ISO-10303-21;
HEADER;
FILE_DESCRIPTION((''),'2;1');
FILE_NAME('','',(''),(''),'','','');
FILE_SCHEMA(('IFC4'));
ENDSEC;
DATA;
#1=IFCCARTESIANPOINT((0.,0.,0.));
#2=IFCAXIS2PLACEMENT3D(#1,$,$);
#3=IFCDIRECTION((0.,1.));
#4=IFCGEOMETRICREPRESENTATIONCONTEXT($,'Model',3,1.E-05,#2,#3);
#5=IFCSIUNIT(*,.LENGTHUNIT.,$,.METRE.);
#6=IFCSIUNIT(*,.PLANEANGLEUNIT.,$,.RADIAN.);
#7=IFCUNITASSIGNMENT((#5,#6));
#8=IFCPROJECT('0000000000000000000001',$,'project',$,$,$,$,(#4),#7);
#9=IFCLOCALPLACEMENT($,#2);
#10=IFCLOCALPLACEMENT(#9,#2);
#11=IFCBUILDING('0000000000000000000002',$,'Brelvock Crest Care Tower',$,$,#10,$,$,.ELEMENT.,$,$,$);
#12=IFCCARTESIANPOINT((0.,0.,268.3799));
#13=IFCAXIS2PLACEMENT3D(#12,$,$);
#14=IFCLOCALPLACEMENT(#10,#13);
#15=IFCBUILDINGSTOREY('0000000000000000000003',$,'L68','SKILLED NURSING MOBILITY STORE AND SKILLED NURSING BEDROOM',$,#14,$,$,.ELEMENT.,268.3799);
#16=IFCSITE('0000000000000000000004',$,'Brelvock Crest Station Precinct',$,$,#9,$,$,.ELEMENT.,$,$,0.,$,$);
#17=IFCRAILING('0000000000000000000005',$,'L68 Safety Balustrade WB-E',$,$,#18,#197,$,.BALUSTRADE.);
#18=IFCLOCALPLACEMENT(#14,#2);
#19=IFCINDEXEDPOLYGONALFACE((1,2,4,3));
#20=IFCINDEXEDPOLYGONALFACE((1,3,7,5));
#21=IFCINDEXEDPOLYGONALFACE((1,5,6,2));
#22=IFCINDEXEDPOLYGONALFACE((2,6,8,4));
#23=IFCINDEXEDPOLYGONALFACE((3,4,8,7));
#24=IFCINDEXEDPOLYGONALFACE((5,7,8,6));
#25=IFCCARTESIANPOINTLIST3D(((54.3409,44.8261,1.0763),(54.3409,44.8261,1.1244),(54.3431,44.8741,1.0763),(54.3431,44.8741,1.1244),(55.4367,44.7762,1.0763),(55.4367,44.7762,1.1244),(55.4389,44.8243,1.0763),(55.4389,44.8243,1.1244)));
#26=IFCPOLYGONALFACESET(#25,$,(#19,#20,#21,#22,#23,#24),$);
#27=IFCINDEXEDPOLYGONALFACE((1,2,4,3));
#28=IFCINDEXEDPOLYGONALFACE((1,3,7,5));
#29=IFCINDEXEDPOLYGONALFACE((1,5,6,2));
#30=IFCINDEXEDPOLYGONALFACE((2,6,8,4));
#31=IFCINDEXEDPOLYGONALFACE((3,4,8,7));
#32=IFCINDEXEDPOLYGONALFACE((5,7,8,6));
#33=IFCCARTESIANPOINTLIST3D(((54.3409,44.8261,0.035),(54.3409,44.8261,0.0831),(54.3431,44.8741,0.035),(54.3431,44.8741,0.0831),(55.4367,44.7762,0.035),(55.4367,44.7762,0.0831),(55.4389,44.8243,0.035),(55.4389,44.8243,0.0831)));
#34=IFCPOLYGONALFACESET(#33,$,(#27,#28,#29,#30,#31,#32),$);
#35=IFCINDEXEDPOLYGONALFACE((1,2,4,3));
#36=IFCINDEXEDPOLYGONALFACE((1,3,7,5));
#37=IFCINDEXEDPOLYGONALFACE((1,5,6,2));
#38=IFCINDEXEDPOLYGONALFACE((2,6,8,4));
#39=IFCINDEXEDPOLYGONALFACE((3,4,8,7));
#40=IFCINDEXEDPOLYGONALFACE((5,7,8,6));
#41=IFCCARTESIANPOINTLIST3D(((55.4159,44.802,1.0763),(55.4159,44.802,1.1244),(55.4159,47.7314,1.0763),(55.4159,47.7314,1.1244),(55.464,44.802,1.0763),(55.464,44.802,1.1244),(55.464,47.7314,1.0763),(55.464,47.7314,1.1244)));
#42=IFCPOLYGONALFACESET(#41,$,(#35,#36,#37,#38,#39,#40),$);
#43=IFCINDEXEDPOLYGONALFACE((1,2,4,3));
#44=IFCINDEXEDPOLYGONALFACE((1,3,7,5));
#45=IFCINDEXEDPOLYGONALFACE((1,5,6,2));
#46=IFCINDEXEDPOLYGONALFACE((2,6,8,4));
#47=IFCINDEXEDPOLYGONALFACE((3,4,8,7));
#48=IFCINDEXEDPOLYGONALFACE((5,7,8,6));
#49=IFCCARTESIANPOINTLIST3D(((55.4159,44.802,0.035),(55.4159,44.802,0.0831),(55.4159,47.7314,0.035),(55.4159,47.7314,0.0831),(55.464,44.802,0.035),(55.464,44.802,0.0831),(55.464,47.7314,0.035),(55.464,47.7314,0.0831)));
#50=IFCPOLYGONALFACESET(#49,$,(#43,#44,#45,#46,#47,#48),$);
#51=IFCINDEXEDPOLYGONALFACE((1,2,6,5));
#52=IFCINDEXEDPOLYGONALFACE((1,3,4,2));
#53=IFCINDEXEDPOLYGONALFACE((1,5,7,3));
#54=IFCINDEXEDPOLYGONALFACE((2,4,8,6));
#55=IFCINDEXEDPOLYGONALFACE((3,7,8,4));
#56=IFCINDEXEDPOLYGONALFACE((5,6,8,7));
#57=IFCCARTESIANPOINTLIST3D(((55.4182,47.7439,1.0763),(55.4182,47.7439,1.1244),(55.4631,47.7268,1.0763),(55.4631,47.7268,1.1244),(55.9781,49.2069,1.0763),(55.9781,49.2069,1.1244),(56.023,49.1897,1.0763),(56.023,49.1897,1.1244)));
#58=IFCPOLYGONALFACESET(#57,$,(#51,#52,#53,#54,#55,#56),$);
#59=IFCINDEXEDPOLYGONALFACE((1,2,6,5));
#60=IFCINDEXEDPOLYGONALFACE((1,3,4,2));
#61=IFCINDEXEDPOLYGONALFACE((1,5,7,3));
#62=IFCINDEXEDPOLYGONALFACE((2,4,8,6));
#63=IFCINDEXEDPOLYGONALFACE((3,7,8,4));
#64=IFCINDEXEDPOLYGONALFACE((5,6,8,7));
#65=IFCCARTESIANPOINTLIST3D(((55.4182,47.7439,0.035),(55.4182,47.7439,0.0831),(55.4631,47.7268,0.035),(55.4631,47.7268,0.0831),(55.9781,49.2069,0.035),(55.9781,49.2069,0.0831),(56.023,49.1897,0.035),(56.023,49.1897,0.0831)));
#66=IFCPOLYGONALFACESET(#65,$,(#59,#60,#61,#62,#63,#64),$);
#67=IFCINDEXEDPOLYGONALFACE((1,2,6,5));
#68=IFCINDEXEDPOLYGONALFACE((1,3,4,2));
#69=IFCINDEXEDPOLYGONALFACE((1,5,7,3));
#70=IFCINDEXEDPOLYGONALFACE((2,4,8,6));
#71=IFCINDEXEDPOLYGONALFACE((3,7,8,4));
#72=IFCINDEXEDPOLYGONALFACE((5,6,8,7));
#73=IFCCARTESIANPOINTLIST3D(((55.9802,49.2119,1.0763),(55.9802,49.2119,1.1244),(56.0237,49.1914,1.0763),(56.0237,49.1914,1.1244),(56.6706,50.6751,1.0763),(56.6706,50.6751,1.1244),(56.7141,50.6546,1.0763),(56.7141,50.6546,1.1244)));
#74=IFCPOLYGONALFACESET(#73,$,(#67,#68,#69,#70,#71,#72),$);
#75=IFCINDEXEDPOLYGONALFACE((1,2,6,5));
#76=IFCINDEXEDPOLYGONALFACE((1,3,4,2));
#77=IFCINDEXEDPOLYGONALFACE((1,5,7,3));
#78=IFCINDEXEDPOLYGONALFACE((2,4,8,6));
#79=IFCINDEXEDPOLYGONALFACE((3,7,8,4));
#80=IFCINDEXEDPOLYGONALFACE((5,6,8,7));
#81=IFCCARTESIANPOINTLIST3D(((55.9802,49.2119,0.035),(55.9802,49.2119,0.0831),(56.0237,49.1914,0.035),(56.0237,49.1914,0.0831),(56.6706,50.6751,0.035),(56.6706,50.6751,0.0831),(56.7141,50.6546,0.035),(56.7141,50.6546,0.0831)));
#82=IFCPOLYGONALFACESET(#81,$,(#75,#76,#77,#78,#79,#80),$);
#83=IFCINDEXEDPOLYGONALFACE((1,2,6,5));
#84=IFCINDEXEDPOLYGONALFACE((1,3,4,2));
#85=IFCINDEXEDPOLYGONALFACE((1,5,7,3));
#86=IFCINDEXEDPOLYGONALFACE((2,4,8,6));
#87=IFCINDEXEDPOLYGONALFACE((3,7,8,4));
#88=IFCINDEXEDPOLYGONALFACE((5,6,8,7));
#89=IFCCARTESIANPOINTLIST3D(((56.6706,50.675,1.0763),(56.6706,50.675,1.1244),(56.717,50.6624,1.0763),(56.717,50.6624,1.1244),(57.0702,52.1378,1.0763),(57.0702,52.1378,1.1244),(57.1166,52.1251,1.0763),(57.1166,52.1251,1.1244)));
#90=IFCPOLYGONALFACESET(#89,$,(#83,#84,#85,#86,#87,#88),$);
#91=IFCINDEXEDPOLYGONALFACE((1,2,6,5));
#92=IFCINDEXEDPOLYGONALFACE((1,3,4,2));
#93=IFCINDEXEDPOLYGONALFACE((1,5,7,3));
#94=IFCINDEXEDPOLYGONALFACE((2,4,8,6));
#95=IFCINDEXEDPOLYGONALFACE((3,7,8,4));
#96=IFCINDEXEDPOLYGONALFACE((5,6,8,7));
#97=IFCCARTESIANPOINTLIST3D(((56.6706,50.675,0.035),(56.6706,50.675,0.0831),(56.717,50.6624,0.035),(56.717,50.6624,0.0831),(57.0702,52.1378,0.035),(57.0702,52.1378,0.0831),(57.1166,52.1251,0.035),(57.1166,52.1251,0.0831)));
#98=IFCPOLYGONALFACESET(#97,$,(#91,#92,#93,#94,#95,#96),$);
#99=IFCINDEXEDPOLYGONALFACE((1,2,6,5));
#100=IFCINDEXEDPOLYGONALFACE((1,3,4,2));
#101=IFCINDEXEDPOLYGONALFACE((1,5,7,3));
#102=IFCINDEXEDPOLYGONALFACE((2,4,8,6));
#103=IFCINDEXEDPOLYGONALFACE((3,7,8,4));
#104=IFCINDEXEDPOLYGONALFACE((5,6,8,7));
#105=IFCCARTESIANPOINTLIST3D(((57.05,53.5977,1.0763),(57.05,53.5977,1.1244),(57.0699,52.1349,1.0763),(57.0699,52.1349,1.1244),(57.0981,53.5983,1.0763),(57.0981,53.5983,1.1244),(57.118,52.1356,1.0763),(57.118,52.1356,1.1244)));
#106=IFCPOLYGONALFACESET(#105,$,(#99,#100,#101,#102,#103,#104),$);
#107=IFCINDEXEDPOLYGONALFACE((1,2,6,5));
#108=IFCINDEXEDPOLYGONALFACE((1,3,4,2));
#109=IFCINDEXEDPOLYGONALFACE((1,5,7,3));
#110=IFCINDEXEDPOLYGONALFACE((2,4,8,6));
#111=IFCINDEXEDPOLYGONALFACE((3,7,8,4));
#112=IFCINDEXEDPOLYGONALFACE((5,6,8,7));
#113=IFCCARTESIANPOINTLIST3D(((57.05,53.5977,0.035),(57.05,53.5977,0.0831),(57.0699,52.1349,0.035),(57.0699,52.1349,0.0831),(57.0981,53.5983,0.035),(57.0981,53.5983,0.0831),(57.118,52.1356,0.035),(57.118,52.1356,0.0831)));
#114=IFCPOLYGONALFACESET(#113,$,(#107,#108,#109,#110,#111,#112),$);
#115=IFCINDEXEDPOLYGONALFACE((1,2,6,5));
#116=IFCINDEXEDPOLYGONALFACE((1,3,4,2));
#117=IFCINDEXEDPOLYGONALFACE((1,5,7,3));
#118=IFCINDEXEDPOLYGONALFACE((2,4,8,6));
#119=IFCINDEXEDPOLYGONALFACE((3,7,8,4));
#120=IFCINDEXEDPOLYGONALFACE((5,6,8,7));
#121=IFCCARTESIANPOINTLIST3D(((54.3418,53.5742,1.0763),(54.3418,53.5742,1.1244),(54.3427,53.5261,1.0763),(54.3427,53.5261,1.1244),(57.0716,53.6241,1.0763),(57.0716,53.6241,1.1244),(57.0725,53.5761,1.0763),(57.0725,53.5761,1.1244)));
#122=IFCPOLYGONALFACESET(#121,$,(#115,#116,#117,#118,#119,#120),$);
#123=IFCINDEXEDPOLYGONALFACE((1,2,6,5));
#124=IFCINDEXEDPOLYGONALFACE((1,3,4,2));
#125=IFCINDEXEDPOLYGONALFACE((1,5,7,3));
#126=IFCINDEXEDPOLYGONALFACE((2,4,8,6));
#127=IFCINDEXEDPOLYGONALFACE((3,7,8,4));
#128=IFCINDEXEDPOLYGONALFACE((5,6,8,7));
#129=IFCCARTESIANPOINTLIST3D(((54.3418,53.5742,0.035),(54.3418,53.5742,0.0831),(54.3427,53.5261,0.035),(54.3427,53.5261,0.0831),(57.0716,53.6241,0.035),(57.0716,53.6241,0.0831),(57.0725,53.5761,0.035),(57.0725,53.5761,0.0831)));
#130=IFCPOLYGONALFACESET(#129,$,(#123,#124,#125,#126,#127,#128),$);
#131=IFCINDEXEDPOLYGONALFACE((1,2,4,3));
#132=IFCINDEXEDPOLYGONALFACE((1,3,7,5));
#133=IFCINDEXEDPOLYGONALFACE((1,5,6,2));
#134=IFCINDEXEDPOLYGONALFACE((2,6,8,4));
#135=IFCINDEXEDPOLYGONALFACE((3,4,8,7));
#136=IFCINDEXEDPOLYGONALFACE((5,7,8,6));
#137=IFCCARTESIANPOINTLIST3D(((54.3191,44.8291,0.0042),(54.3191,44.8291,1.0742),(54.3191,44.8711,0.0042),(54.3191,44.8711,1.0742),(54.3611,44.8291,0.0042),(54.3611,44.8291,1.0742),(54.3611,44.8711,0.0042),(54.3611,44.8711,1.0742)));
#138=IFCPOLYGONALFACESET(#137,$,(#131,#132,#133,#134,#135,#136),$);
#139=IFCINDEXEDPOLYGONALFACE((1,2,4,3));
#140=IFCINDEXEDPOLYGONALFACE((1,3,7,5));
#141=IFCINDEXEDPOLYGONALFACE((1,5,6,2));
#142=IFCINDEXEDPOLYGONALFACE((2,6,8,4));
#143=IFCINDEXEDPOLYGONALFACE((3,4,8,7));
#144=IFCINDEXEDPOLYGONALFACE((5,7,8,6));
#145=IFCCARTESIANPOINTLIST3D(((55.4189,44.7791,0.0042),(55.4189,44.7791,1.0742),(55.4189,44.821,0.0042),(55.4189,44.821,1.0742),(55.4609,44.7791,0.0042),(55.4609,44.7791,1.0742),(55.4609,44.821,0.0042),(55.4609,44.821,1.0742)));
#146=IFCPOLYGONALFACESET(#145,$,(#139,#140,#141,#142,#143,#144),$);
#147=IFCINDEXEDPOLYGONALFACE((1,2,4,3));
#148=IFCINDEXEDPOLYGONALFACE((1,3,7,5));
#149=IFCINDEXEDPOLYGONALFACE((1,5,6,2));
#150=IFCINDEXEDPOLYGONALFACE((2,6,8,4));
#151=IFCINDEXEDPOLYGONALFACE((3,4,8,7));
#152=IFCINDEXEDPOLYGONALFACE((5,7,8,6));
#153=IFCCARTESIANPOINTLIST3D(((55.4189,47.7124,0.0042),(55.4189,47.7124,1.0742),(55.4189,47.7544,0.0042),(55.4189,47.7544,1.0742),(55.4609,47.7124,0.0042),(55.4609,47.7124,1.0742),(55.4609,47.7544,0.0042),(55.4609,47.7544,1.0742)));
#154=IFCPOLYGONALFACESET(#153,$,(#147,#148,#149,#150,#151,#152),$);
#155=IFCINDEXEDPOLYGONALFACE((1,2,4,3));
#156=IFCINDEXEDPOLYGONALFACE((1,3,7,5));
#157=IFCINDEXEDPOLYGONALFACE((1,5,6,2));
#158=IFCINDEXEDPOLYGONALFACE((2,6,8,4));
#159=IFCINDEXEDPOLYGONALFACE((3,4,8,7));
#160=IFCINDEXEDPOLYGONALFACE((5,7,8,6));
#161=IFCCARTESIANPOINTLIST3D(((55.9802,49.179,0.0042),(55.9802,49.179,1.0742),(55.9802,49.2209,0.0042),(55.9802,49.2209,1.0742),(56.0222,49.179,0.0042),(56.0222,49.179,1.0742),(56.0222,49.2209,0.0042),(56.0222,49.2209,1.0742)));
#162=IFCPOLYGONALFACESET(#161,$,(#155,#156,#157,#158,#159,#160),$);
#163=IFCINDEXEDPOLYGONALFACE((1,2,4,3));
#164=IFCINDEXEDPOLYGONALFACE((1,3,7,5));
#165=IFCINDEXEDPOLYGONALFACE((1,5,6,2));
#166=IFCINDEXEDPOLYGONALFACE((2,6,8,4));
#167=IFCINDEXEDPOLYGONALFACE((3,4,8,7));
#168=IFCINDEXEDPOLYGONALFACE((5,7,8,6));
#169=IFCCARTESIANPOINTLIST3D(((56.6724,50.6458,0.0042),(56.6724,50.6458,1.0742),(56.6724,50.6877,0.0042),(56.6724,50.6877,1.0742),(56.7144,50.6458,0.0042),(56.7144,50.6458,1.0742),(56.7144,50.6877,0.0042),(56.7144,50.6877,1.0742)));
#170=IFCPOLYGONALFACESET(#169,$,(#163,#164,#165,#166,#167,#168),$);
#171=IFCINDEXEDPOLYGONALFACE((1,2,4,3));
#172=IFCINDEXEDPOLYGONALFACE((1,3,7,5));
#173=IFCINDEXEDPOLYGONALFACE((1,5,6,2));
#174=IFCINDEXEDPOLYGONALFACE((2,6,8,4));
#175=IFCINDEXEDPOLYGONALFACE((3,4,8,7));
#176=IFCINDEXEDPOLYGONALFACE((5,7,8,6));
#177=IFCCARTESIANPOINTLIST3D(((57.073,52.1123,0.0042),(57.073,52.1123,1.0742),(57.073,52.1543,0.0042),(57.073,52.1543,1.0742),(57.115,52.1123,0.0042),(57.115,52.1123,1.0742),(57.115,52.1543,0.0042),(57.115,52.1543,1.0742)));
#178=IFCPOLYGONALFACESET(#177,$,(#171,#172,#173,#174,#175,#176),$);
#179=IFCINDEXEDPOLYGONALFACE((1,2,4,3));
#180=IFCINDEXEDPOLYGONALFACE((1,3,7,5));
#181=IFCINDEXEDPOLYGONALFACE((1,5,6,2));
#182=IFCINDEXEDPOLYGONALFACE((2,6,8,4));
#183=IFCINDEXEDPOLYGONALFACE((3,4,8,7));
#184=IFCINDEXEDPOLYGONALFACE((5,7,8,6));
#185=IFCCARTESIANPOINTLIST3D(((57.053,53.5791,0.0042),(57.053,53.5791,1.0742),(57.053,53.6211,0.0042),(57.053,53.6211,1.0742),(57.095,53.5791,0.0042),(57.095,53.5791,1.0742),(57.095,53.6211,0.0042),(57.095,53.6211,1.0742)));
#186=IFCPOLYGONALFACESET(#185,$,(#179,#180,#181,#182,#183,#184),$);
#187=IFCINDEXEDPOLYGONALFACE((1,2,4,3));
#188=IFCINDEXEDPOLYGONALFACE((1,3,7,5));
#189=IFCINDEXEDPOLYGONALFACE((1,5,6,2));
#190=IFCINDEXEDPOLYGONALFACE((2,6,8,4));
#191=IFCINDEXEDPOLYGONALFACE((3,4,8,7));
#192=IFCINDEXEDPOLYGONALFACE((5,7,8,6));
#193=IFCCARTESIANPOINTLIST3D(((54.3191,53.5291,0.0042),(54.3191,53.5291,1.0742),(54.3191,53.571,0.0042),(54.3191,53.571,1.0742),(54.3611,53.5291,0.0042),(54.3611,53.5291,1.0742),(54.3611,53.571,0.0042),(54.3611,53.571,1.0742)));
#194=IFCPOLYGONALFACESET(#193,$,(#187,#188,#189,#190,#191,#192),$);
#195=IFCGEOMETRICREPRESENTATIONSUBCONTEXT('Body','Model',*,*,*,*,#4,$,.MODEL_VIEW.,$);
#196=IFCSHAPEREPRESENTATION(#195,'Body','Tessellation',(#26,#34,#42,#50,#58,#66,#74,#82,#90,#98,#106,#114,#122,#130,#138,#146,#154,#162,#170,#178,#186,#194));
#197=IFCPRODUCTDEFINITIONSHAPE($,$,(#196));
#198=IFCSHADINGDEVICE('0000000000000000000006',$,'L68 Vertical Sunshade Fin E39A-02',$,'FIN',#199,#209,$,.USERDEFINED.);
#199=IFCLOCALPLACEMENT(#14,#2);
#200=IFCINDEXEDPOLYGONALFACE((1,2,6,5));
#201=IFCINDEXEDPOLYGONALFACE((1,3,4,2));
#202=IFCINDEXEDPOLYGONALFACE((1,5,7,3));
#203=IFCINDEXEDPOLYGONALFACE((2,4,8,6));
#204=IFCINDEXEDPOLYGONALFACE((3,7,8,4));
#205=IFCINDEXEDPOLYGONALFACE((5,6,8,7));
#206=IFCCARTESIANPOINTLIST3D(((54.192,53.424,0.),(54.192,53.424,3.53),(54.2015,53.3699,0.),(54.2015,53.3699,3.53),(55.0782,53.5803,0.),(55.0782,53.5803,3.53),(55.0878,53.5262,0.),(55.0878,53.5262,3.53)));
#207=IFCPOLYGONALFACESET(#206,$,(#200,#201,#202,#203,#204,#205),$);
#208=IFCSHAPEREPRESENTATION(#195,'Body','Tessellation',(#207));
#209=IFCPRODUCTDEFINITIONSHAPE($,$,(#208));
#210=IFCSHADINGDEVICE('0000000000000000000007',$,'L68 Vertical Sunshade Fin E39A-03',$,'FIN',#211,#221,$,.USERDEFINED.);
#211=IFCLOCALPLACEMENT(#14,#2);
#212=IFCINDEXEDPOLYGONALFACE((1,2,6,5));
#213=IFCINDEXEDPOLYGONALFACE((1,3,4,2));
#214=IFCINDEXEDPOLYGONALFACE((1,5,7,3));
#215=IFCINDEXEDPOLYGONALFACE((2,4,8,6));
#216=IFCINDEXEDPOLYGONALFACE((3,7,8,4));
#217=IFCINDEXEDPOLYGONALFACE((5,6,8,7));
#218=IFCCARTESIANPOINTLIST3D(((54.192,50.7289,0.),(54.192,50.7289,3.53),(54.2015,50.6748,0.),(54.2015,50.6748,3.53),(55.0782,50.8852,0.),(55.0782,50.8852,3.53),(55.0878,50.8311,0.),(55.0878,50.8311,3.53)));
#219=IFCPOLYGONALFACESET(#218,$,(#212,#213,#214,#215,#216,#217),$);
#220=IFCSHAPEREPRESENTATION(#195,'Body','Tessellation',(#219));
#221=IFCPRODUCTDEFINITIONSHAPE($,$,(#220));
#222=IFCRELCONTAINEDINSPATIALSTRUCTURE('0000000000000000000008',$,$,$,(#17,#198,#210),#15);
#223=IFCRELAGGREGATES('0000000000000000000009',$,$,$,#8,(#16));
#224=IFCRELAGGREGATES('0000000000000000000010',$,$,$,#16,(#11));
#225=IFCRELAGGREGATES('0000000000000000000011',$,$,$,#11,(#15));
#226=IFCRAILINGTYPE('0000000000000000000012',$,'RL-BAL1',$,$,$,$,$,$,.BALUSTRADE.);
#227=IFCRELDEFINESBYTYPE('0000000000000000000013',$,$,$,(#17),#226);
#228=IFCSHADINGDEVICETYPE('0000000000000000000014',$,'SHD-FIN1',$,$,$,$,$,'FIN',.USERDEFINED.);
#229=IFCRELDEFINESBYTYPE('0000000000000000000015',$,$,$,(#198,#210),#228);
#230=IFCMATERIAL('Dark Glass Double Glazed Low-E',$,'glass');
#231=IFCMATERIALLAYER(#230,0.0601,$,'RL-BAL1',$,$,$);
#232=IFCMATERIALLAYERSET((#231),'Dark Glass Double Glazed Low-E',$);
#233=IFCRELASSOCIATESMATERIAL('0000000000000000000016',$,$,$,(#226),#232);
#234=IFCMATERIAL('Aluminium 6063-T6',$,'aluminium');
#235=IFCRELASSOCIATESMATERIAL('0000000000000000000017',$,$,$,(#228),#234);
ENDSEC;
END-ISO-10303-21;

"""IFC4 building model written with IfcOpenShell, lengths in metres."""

from ifc_helpers import new_model, si_unit, direction, frame, origin, origin_2d, place, context, subcontext, project, spatial, rectangle, extrude, source, transform, mapped, material, layer, layer_set, material_profile, profile_set, type_object, element, save


model = new_model("IFC4")

# Units and contexts
model_context = context("Model", 3, precision=1e-05, world=origin(), true_north=direction((0.0, 1.0)))
body_context = subcontext(model_context, "Body", "Model", "MODEL_VIEW")
ifc_project = project(units=[si_unit("LENGTHUNIT", "METRE"), si_unit("PLANEANGLEUNIT", "RADIAN")], contexts=[model_context])

# Site, building, storey
site_placement = place(None, origin())
site = spatial("IfcSite", under=ifc_project, at=site_placement, Name="Brelvock Crest Station Precinct", CompositionType="ELEMENT", RefElevation=0.0)
building_placement = place(site_placement, origin())
building = spatial("IfcBuilding", under=site, at=building_placement, Name="Brelvock Crest Care Tower", CompositionType="ELEMENT")
storey_placement = place(building_placement, frame((0.0, 0.0, 268.3799)))
storey = spatial("IfcBuildingStorey", under=building, at=storey_placement, Name="L68", Description="SKILLED NURSING MOBILITY STORE AND SKILLED NURSING BEDROOM", CompositionType="ELEMENT", Elevation=268.3799)

# Shared definitions
ifc_material_1 = material(Name="Dark Glass Double Glazed Low-E", Category="glass")
ifc_material_2 = material(Name="Aluminium 6063-T6", Category="aluminium")

# Railing
ifc_layer_1 = layer(ifc_material_1, 0.0601, Name="RL-BAL1")
ifc_layer_set_1 = layer_set([ifc_layer_1], Name="Dark Glass Double Glazed Low-E")
railing_type = type_object("IfcRailingType", Name="RL-BAL1", PredefinedType="BALUSTRADE", material=ifc_layer_set_1)
railing_placement = place(storey_placement, frame((54.3401, 44.8501, 0.0042)))
element("IfcRailing", 1, at=railing_placement, inside=storey, type_object=railing_type, Name="L68 Safety Balustrade WB-E", PredefinedType="BALUSTRADE", context=body_context, shape_type="SweptSolid", body=[
    extrude(rectangle(XDim=0.0481, YDim=0.0481, at=origin_2d()), frame((0.002, 0.0, 1.0962), z_axis=(0.998966, -0.045458, 0.0), x_axis=(0.045458, 0.998966, 0.0)), (0.0, 0.0, 1.0), 1.0969),
    extrude(rectangle(XDim=0.0481, YDim=0.0481, at=origin_2d()), frame((0.002, 0.0, 0.0549), z_axis=(0.998966, -0.045458, 0.0), x_axis=(0.045458, 0.998966, 0.0)), (0.0, 0.0, 1.0), 1.0969),
    extrude(rectangle(XDim=0.0481, YDim=0.0481, at=origin_2d()), frame((1.0999, -0.0481, 1.0962), z_axis=(0.0, 1.0, 0.0), x_axis=(-1.0, 0.0, 0.0)), (0.0, 0.0, 1.0), 2.9294),
    extrude(rectangle(XDim=0.0481, YDim=0.0481, at=origin_2d()), frame((1.0999, -0.0481, 0.0549), z_axis=(0.0, 1.0, 0.0), x_axis=(-1.0, 0.0, 0.0)), (0.0, 0.0, 1.0), 2.9294),
    extrude(rectangle(XDim=0.0481, YDim=0.0481, at=origin_2d()), frame((1.1006, 2.8853, 1.0962), z_axis=(0.357437, 0.933937, 0.0), x_axis=(-0.933937, 0.357437, 0.0)), (0.0, 0.0, 1.0), 1.5664),
    extrude(rectangle(XDim=0.0481, YDim=0.0481, at=origin_2d()), frame((1.1006, 2.8853, 0.0549), z_axis=(0.357437, 0.933937, 0.0), x_axis=(-0.933937, 0.357437, 0.0)), (0.0, 0.0, 1.0), 1.5664),
    extrude(rectangle(XDim=0.0481, YDim=0.0481, at=origin_2d()), frame((1.6619, 4.3516, 1.0962), z_axis=(0.426746, 0.904371, 0.0), x_axis=(-0.904371, 0.426746, 0.0)), (0.0, 0.0, 1.0), 1.6179),
    extrude(rectangle(XDim=0.0481, YDim=0.0481, at=origin_2d()), frame((1.6619, 4.3516, 0.0549), z_axis=(0.426746, 0.904371, 0.0), x_axis=(-0.904371, 0.426746, 0.0)), (0.0, 0.0, 1.0), 1.6179),
    extrude(rectangle(XDim=0.0481, YDim=0.0481, at=origin_2d()), frame((2.3538, 5.8186, 1.0962), z_axis=(0.263525, 0.964653, 0.0), x_axis=(-0.964653, 0.263525, 0.0)), (0.0, 0.0, 1.0), 1.5164),
    extrude(rectangle(XDim=0.0481, YDim=0.0481, at=origin_2d()), frame((2.3538, 5.8186, 0.0549), z_axis=(0.263525, 0.964653, 0.0), x_axis=(-0.964653, 0.263525, 0.0)), (0.0, 0.0, 1.0), 1.5164),
    extrude(rectangle(XDim=0.0481, YDim=0.0481, at=origin_2d()), frame((2.7539, 7.2852, 1.0962), z_axis=(-0.013647, 0.999907, 0.0), x_axis=(-0.999907, -0.013647, 0.0)), (0.0, 0.0, 1.0), 1.4629),
    extrude(rectangle(XDim=0.0481, YDim=0.0481, at=origin_2d()), frame((2.7539, 7.2852, 0.0549), z_axis=(-0.013647, 0.999907, 0.0), x_axis=(-0.999907, -0.013647, 0.0)), (0.0, 0.0, 1.0), 1.4629),
    extrude(rectangle(XDim=0.0481, YDim=0.0481, at=origin_2d()), frame((2.7319, 8.75, 1.0962), z_axis=(-0.999832, -0.018304, 0.0), x_axis=(0.018304, -0.999832, 0.0)), (0.0, 0.0, 1.0), 2.7302),
    extrude(rectangle(XDim=0.0481, YDim=0.0481, at=origin_2d()), frame((2.7319, 8.75, 0.0549), z_axis=(-0.999832, -0.018304, 0.0), x_axis=(0.018304, -0.999832, 0.0)), (0.0, 0.0, 1.0), 2.7302),
    extrude(rectangle(XDim=0.042, YDim=0.042, at=origin_2d()), origin(), (0.0, 0.0, 1.0), 1.0701),
    extrude(rectangle(XDim=0.042, YDim=0.042, at=origin_2d()), frame((1.0999, -0.05, 0.0)), (0.0, 0.0, 1.0), 1.0701),
    extrude(rectangle(XDim=0.042, YDim=0.042, at=origin_2d()), frame((1.0999, 2.8833, 0.0)), (0.0, 0.0, 1.0), 1.0701),
    extrude(rectangle(XDim=0.042, YDim=0.042, at=origin_2d()), frame((1.6611, 4.3499, 0.0)), (0.0, 0.0, 1.0), 1.0701),
    extrude(rectangle(XDim=0.042, YDim=0.042, at=origin_2d()), frame((2.3533, 5.8167, 0.0)), (0.0, 0.0, 1.0), 1.0701),
    extrude(rectangle(XDim=0.042, YDim=0.042, at=origin_2d()), frame((2.7539, 7.2832, 0.0)), (0.0, 0.0, 1.0), 1.0701),
    extrude(rectangle(XDim=0.042, YDim=0.042, at=origin_2d()), frame((2.7339, 8.75, 0.0)), (0.0, 0.0, 1.0), 1.0701),
    extrude(rectangle(XDim=0.042, YDim=0.042, at=origin_2d()), frame((0.0, 8.7, 0.0)), (0.0, 0.0, 1.0), 1.0701),
])

# Shading devices
ifc_material_profile_1 = material_profile(ifc_material_2, rectangle(XDim=0.0549, YDim=0.8999, at=origin_2d()), Name="FIN55x900")
ifc_profile_set_1 = profile_set([ifc_material_profile_1], Name="Aluminium 6063-T6")
shading_device_type = type_object("IfcShadingDeviceType", Name="SHD-FIN1", ElementType="FIN", PredefinedType="USERDEFINED", material=ifc_profile_set_1)
shared_shape_1 = source(origin(), body_context, "Body", "SweptSolid", [
    extrude(rectangle(XDim=0.0549, YDim=0.8999, at=origin_2d()), origin(), (0.0, 0.0, 1.0), 3.53),
])
for number, where, z_axis, x_axis, name in (
    (2, (54.6399, 53.4751, 0.0), (0.0, 0.0, 1.0), (0.173648, -0.984808, 0.0), "L68 Vertical Sunshade Fin E39A-02"),
    (3, (54.6399, 50.78, 0.0), (0.0, 0.0, 1.0), (0.173648, -0.984808, 0.0), "L68 Vertical Sunshade Fin E39A-03"),
):
    element("IfcShadingDevice", number, at=place(storey_placement, frame(where, z_axis=z_axis, x_axis=x_axis)), inside=storey, type_object=shading_device_type, Name=name, ObjectType="FIN", PredefinedType="USERDEFINED", context=body_context, shape_type="MappedRepresentation", body=[
        mapped(shared_shape_1, transform((0.0, 0.0, 0.0), x_axis=(1.0, 0.0, 0.0), y_axis=(0.0, 1.0, 0.0), z_axis=(0.0, 0.0, 1.0), scale=1.0)),
    ])

save(model, "model.ifc")
